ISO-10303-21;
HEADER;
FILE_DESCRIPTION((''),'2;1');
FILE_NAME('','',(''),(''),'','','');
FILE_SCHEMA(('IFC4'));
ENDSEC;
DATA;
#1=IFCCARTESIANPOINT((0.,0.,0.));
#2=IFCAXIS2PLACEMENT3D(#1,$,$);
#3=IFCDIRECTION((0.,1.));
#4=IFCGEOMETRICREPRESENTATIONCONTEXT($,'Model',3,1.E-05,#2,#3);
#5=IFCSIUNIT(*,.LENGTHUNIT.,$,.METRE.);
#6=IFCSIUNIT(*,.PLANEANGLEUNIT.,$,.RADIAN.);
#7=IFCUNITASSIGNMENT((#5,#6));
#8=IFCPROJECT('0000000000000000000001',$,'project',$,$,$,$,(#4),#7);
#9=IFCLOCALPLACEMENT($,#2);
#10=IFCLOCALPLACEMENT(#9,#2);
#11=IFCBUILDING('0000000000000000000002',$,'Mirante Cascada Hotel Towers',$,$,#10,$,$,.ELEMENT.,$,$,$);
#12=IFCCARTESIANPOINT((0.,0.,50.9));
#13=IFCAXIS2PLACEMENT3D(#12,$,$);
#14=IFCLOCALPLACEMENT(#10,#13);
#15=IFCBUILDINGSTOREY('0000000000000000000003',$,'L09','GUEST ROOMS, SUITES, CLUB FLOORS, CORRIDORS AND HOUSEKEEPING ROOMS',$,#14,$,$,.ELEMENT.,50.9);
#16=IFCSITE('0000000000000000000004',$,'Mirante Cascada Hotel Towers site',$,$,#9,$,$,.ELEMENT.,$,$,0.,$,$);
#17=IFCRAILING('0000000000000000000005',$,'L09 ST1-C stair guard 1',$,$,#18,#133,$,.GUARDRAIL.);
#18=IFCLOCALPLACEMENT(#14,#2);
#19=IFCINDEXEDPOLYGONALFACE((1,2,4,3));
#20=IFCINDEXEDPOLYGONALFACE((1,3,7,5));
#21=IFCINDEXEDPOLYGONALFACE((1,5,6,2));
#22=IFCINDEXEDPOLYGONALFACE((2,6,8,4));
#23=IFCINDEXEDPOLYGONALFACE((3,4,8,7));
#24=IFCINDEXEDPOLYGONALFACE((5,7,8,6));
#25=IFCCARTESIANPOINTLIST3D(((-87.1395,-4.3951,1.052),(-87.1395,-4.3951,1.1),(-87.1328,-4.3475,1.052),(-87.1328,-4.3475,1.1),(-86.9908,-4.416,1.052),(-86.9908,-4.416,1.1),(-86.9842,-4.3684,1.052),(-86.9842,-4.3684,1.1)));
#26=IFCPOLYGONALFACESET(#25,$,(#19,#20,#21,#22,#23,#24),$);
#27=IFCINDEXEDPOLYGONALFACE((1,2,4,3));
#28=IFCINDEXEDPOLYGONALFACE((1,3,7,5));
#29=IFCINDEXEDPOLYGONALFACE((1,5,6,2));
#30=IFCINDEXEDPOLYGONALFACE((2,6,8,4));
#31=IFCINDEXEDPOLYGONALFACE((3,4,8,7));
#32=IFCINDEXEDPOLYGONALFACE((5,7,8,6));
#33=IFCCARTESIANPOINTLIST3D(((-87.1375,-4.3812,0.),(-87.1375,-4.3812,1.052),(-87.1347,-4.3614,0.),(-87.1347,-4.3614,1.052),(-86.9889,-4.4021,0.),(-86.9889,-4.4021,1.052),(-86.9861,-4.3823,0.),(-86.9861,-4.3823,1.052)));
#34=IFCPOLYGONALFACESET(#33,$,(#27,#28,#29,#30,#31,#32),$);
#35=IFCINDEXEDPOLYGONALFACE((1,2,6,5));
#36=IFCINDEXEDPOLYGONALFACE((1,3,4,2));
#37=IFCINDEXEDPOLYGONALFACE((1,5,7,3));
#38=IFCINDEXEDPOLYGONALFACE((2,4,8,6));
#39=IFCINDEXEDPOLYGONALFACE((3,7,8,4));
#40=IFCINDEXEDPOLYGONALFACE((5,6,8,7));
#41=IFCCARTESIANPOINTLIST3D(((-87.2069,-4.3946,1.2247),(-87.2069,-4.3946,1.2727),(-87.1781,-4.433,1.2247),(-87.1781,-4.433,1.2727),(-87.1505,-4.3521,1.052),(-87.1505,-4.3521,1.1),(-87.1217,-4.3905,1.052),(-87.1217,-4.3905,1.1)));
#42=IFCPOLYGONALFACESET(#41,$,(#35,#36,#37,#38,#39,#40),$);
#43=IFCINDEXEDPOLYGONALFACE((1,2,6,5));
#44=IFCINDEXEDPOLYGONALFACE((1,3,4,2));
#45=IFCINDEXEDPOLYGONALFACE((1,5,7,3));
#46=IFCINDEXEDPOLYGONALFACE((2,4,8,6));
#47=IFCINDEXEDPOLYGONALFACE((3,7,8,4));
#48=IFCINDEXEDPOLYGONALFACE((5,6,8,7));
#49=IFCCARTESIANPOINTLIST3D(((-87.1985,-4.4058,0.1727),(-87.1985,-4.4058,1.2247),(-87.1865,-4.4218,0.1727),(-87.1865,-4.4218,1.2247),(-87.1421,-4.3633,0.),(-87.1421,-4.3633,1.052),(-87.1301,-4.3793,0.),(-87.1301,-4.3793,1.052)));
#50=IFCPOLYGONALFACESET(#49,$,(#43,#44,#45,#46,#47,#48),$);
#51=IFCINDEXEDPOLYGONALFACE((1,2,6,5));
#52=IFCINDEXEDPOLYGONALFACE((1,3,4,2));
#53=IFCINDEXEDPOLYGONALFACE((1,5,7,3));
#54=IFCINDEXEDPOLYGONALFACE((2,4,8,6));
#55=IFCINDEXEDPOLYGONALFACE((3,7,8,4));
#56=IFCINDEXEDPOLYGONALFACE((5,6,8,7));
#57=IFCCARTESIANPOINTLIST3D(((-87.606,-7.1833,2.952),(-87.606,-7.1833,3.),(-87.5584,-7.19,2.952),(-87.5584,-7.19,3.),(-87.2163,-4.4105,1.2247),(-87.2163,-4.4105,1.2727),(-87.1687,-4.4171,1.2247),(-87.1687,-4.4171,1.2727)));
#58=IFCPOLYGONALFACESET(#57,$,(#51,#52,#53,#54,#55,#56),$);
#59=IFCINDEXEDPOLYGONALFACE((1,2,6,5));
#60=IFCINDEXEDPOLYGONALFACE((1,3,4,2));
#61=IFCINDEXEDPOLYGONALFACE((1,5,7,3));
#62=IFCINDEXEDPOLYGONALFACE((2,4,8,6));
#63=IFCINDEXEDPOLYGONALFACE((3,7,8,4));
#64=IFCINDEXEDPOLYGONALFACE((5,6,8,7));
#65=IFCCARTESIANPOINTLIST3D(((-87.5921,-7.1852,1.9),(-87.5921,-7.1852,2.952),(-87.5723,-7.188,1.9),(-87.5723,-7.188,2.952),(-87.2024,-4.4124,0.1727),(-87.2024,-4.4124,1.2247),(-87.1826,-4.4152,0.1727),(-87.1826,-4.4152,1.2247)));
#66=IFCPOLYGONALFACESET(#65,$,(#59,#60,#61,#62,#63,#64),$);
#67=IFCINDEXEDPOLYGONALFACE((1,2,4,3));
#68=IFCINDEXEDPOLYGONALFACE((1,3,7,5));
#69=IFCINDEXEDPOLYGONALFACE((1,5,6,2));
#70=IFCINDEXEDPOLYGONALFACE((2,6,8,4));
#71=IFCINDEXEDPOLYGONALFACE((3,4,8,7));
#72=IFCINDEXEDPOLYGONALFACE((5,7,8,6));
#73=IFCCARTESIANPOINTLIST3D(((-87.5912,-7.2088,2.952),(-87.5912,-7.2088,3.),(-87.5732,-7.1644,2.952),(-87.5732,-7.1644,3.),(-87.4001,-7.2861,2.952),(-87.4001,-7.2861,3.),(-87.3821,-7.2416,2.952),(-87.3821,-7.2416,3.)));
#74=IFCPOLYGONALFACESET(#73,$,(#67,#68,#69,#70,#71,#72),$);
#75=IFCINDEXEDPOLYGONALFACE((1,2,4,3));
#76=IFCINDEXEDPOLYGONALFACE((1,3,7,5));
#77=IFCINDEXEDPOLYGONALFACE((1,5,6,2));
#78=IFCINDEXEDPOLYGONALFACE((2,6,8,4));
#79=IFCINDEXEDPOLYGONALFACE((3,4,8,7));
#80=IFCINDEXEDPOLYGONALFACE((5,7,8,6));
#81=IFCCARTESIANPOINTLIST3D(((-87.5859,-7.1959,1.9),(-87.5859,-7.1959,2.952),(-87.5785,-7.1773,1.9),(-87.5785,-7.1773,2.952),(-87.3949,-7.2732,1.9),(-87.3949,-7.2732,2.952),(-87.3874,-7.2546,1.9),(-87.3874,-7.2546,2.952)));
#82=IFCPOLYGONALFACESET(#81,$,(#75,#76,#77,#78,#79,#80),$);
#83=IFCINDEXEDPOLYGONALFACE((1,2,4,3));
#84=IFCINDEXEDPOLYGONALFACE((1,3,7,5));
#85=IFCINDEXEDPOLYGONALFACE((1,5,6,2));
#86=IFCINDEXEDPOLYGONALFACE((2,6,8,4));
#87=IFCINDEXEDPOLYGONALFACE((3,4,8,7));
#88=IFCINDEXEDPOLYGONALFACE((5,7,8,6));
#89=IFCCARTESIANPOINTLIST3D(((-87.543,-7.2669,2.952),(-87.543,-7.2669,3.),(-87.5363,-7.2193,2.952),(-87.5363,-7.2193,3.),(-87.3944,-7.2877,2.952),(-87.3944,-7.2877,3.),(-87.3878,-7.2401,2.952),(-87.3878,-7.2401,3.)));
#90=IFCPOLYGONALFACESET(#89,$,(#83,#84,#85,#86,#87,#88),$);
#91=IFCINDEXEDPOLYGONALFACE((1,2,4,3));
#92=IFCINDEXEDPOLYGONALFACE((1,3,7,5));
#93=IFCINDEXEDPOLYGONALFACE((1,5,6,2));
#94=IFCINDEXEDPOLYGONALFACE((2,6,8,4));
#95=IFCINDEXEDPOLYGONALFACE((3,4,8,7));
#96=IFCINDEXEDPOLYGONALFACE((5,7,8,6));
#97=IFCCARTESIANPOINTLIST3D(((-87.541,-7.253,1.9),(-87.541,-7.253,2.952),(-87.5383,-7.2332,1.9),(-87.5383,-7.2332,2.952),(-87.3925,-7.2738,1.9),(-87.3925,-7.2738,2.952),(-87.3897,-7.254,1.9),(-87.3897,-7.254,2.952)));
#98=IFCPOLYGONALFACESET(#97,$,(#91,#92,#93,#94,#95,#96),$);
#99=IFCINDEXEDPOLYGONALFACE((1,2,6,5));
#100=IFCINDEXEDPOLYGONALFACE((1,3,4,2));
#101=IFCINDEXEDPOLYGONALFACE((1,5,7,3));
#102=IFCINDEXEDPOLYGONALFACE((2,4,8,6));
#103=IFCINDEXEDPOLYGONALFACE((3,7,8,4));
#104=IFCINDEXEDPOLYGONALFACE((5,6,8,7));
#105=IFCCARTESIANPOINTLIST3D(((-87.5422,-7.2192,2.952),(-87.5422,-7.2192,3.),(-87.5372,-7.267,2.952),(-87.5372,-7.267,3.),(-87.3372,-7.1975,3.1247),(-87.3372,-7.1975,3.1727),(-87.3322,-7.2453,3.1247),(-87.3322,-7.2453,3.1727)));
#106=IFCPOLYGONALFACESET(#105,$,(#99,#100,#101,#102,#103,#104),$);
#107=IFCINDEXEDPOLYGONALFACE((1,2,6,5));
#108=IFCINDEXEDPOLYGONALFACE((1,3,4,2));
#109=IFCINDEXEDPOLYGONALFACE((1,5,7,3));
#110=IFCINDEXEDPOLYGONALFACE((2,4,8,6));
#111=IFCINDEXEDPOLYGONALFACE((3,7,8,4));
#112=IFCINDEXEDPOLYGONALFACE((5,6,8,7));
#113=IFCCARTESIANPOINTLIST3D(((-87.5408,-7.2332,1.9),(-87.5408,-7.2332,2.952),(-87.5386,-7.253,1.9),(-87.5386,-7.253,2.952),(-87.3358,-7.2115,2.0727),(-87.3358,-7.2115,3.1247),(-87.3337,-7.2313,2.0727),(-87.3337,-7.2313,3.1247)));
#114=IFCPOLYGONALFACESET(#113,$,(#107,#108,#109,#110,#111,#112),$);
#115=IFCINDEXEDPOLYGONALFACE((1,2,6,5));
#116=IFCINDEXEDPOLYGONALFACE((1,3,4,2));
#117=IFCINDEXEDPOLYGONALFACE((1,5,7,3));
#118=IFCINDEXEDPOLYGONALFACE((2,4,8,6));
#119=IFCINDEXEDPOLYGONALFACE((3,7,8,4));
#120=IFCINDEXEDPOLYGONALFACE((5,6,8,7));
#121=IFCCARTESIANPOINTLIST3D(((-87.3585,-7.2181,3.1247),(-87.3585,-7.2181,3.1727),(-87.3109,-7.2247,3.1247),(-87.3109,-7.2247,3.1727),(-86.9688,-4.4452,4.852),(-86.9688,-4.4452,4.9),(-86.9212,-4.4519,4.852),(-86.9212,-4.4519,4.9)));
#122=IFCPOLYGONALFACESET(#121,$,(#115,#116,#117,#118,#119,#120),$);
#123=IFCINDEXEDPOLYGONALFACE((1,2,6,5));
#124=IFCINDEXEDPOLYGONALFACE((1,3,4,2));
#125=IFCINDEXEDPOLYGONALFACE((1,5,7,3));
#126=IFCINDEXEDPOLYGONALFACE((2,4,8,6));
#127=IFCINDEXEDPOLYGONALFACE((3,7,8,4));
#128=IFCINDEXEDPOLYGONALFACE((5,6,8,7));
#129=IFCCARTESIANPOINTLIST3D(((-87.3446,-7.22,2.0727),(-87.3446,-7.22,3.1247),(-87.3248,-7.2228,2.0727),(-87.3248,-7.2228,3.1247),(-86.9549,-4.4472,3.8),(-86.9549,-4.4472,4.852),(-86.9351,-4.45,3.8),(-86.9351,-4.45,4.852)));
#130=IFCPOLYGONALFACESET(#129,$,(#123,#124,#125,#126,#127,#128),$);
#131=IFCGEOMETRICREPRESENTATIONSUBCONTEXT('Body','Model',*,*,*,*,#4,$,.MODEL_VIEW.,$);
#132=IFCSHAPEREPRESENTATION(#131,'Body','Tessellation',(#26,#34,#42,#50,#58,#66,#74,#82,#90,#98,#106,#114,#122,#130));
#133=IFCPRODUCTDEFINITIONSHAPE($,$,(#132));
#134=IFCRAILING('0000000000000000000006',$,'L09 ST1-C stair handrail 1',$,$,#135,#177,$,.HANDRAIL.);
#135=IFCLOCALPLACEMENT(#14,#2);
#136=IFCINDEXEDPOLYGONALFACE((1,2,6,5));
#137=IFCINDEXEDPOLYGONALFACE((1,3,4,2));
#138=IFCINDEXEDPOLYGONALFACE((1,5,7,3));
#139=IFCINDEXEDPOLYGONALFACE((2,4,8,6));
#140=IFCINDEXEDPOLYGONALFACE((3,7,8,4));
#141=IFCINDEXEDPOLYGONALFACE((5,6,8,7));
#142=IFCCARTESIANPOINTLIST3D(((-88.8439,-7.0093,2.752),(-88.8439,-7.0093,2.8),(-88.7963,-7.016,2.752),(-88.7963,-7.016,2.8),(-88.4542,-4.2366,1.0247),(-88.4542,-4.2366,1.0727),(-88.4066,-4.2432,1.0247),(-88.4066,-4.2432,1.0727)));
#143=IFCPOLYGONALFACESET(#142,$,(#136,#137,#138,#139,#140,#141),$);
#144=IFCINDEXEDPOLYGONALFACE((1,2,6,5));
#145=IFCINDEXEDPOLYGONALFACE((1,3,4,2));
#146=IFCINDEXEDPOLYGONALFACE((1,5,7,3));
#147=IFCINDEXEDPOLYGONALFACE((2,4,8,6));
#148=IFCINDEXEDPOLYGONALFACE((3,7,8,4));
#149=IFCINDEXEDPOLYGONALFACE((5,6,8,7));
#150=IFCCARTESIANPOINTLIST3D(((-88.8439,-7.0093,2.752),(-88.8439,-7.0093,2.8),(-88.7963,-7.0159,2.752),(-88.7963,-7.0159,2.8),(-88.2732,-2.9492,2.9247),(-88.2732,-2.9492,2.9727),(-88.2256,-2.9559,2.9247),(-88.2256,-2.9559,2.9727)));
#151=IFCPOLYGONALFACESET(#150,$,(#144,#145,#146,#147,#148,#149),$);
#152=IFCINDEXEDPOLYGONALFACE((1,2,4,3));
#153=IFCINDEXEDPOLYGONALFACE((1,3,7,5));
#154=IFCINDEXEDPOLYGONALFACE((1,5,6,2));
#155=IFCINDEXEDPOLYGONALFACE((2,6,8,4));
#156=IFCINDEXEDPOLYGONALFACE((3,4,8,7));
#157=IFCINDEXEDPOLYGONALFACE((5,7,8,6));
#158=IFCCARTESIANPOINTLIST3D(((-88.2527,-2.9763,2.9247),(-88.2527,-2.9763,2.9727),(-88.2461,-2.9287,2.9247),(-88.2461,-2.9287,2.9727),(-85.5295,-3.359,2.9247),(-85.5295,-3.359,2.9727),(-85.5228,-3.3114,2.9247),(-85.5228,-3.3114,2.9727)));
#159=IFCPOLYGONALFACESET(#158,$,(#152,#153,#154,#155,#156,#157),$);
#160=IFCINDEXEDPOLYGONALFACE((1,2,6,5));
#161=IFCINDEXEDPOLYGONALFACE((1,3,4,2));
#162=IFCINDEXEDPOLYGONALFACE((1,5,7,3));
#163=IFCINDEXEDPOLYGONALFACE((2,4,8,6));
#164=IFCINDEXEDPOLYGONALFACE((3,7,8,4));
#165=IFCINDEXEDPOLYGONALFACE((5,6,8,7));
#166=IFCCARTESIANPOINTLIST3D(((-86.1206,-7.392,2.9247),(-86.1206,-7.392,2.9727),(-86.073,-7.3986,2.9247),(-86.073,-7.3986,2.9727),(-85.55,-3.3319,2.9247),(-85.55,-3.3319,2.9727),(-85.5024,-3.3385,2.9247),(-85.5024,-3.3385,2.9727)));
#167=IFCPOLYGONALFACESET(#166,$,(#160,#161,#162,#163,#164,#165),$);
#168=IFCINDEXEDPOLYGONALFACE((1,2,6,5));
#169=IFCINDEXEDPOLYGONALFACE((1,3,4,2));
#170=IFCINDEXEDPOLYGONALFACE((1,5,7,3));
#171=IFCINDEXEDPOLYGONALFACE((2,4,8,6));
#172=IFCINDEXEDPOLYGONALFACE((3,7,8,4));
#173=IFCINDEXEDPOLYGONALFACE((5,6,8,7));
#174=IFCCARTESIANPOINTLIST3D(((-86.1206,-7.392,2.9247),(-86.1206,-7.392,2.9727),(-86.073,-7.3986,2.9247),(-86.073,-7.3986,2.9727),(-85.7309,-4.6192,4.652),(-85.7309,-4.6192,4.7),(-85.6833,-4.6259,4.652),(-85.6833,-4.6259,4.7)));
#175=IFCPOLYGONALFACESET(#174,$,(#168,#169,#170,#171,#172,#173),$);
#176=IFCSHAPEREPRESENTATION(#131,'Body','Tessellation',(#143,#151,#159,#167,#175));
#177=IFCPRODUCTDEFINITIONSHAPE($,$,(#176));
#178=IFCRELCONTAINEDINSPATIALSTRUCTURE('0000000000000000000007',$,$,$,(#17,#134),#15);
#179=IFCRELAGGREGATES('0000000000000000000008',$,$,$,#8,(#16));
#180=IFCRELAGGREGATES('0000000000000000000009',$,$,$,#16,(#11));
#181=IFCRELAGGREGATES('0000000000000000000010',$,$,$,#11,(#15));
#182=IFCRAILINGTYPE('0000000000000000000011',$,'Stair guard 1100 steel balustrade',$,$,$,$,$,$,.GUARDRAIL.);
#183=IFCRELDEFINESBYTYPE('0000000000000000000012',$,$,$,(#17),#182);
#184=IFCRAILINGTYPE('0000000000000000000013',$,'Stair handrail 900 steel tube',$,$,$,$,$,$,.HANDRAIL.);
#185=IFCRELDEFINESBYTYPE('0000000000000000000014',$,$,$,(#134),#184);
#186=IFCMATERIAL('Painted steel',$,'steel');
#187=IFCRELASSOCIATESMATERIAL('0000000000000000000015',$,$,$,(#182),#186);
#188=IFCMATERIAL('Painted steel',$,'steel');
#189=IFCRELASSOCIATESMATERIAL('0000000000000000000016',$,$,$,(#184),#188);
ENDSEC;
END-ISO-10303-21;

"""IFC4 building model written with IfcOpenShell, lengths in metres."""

from ifc_helpers import new_model, si_unit, direction, frame, origin, origin_2d, place, context, subcontext, project, spatial, rectangle, extrude, material, type_object, element, save


model = new_model("IFC4")

# Units and contexts
model_context = context("Model", 3, precision=1e-05, world=origin(), true_north=direction((0.0, 1.0)))
body_context = subcontext(model_context, "Body", "Model", "MODEL_VIEW")
ifc_project = project(units=[si_unit("LENGTHUNIT", "METRE"), si_unit("PLANEANGLEUNIT", "RADIAN")], contexts=[model_context])

# Site, building, storey
site_placement = place(None, origin())
site = spatial("IfcSite", under=ifc_project, at=site_placement, Name="Mirante Cascada Hotel Towers site", CompositionType="ELEMENT", RefElevation=0.0)
building_placement = place(site_placement, origin())
building = spatial("IfcBuilding", under=site, at=building_placement, Name="Mirante Cascada Hotel Towers", CompositionType="ELEMENT")
storey_placement = place(building_placement, frame((0.0, 0.0, 50.9)))
storey = spatial("IfcBuildingStorey", under=building, at=storey_placement, Name="L09", Description="GUEST ROOMS, SUITES, CLUB FLOORS, CORRIDORS AND HOUSEKEEPING ROOMS", CompositionType="ELEMENT", Elevation=50.9)

# Railings
ifc_material_1 = material(Name="Painted steel", Category="steel")
railing_type_1 = type_object("IfcRailingType", Name="Stair guard 1100 steel balustrade", PredefinedType="GUARDRAIL", material=ifc_material_1)
railing_1_placement = place(storey_placement, frame((-86.9875, -4.3922, 0.0)))
element("IfcRailing", 1, at=railing_1_placement, inside=storey, type_object=railing_type_1, Name="L09 ST1-C stair guard 1", PredefinedType="GUARDRAIL", context=body_context, shape_type="SweptSolid", body=[
    extrude(rectangle(XDim=0.048, YDim=0.048, at=origin_2d()), frame((0.0, 0.0, 1.076), z_axis=(-0.990254, 0.139275, 0.0), x_axis=(-0.139275, -0.990254, 0.0)), (0.0, 0.0, 1.0), 0.1501),
    extrude(rectangle(XDim=0.02, YDim=1.052, at=origin_2d()), frame((0.0, 0.0, 0.526), z_axis=(-0.990254, 0.139275, 0.0), x_axis=(-0.139275, -0.990254, 0.0)), (0.0, 0.0, 1.0), 0.1501),
    extrude(rectangle(XDim=0.048, YDim=0.048, at=origin_2d()), frame((-0.1486, 0.0209, 1.076), z_axis=(-0.798639, -0.601811, 0.0), x_axis=(0.601811, -0.798639, 0.0)), (0.0, 0.925603, 0.378496), 0.1866),
    extrude(rectangle(XDim=0.02, YDim=1.052, at=origin_2d()), frame((-0.1486, 0.0209, 0.526), z_axis=(-0.798639, -0.601811, 0.0), x_axis=(0.601811, -0.798639, 0.0)), (0.0, 0.925603, 0.378496), 0.1866),
    extrude(rectangle(XDim=0.048, YDim=0.048, at=origin_2d()), frame((-0.205, -0.0216, 1.2487), z_axis=(-0.139176, -0.990268, 0.0), x_axis=(0.990268, -0.139176, 0.0)), (0.0, 0.525021, 0.851089), 3.29),
    extrude(rectangle(XDim=0.02, YDim=1.052, at=origin_2d()), frame((-0.205, -0.0216, 0.6987), z_axis=(-0.139176, -0.990268, 0.0), x_axis=(0.990268, -0.139176, 0.0)), (0.0, 0.525021, 0.851089), 3.29),
    extrude(rectangle(XDim=0.048, YDim=0.048, at=origin_2d()), frame((-0.5947, -2.7944, 2.976), z_axis=(0.927031, -0.374984, 0.0), x_axis=(0.374984, 0.927031, 0.0)), (0.0, 0.0, 1.0), 0.2061),
    extrude(rectangle(XDim=0.02, YDim=1.052, at=origin_2d()), frame((-0.5947, -2.7944, 2.426), z_axis=(0.927031, -0.374984, 0.0), x_axis=(0.374984, 0.927031, 0.0)), (0.0, 0.0, 1.0), 0.2061),
    extrude(rectangle(XDim=0.048, YDim=0.048, at=origin_2d()), frame((-0.4036, -2.8717, 2.976), z_axis=(-0.990345, 0.138622, 0.0), x_axis=(-0.138622, -0.990345, 0.0)), (0.0, 0.0, 1.0), 0.15),
    extrude(rectangle(XDim=0.02, YDim=1.052, at=origin_2d()), frame((-0.4036, -2.8717, 2.426), z_axis=(-0.990345, 0.138622, 0.0), x_axis=(-0.138622, -0.990345, 0.0)), (0.0, 0.0, 1.0), 0.15),
    extrude(rectangle(XDim=0.048, YDim=0.048, at=origin_2d()), frame((-0.5522, -2.8509, 2.976), z_axis=(0.994444, 0.105266, 0.0), x_axis=(-0.105266, 0.994444, 0.0)), (0.0, 0.642184, 0.76655), 0.2689),
    extrude(rectangle(XDim=0.02, YDim=1.052, at=origin_2d()), frame((-0.5522, -2.8509, 2.426), z_axis=(0.994444, 0.105266, 0.0), x_axis=(-0.105266, 0.994444, 0.0)), (0.0, 0.642184, 0.76655), 0.2689),
    extrude(rectangle(XDim=0.048, YDim=0.048, at=origin_2d()), frame((-0.3472, -2.8292, 3.1487), z_axis=(0.139176, 0.990268, 0.0), x_axis=(-0.990268, 0.139176, 0.0)), (0.0, 0.525021, 0.851089), 3.29),
    extrude(rectangle(XDim=0.02, YDim=1.052, at=origin_2d()), frame((-0.3472, -2.8292, 2.5987), z_axis=(0.139176, 0.990268, 0.0), x_axis=(-0.990268, 0.139176, 0.0)), (0.0, 0.525021, 0.851089), 3.29),
])
ifc_material_2 = material(Name="Painted steel", Category="steel")
railing_type_2 = type_object("IfcRailingType", Name="Stair handrail 900 steel tube", PredefinedType="HANDRAIL", material=ifc_material_2)
railing_2_placement = place(storey_placement, frame((-88.4304, -4.2399, 0.1727)))
element("IfcRailing", 2, at=railing_2_placement, inside=storey, type_object=railing_type_2, Name="L09 ST1-C stair handrail 1", PredefinedType="HANDRAIL", context=body_context, shape_type="SweptSolid", body=[
    extrude(rectangle(XDim=0.048, YDim=0.048, at=origin_2d()), frame((0.0, 0.0, 0.876), z_axis=(-0.139181, -0.990267, 0.0), x_axis=(0.990267, -0.139181, 0.0)), (0.0, 0.525035, 0.851081), 3.2899),
    extrude(rectangle(XDim=0.048, YDim=0.048, at=origin_2d()), frame((-0.3897, -2.7727, 2.6033), z_axis=(0.139195, 0.990265, 0.0), x_axis=(-0.990265, 0.139195, 0.0)), (0.0, 0.042084, 0.999114), 4.1036),
    extrude(rectangle(XDim=0.048, YDim=0.048, at=origin_2d()), frame((0.181, 1.2874, 2.776), z_axis=(0.990269, -0.139166, 0.0), x_axis=(0.139166, 0.990269, 0.0)), (0.0, 0.0, 1.0), 2.75),
    extrude(rectangle(XDim=0.048, YDim=0.048, at=origin_2d()), frame((2.9042, 0.9047, 2.776), z_axis=(-0.139171, -0.990268, 0.0), x_axis=(0.990268, -0.139171, 0.0)), (0.0, 0.0, 1.0), 4.1),
    extrude(rectangle(XDim=0.048, YDim=0.048, at=origin_2d()), frame((2.3336, -3.1554, 2.776), z_axis=(0.139181, 0.990267, 0.0), x_axis=(-0.990267, 0.139181, 0.0)), (0.0, 0.525035, 0.851081), 3.2899),
])

save(model, "model.ifc")
